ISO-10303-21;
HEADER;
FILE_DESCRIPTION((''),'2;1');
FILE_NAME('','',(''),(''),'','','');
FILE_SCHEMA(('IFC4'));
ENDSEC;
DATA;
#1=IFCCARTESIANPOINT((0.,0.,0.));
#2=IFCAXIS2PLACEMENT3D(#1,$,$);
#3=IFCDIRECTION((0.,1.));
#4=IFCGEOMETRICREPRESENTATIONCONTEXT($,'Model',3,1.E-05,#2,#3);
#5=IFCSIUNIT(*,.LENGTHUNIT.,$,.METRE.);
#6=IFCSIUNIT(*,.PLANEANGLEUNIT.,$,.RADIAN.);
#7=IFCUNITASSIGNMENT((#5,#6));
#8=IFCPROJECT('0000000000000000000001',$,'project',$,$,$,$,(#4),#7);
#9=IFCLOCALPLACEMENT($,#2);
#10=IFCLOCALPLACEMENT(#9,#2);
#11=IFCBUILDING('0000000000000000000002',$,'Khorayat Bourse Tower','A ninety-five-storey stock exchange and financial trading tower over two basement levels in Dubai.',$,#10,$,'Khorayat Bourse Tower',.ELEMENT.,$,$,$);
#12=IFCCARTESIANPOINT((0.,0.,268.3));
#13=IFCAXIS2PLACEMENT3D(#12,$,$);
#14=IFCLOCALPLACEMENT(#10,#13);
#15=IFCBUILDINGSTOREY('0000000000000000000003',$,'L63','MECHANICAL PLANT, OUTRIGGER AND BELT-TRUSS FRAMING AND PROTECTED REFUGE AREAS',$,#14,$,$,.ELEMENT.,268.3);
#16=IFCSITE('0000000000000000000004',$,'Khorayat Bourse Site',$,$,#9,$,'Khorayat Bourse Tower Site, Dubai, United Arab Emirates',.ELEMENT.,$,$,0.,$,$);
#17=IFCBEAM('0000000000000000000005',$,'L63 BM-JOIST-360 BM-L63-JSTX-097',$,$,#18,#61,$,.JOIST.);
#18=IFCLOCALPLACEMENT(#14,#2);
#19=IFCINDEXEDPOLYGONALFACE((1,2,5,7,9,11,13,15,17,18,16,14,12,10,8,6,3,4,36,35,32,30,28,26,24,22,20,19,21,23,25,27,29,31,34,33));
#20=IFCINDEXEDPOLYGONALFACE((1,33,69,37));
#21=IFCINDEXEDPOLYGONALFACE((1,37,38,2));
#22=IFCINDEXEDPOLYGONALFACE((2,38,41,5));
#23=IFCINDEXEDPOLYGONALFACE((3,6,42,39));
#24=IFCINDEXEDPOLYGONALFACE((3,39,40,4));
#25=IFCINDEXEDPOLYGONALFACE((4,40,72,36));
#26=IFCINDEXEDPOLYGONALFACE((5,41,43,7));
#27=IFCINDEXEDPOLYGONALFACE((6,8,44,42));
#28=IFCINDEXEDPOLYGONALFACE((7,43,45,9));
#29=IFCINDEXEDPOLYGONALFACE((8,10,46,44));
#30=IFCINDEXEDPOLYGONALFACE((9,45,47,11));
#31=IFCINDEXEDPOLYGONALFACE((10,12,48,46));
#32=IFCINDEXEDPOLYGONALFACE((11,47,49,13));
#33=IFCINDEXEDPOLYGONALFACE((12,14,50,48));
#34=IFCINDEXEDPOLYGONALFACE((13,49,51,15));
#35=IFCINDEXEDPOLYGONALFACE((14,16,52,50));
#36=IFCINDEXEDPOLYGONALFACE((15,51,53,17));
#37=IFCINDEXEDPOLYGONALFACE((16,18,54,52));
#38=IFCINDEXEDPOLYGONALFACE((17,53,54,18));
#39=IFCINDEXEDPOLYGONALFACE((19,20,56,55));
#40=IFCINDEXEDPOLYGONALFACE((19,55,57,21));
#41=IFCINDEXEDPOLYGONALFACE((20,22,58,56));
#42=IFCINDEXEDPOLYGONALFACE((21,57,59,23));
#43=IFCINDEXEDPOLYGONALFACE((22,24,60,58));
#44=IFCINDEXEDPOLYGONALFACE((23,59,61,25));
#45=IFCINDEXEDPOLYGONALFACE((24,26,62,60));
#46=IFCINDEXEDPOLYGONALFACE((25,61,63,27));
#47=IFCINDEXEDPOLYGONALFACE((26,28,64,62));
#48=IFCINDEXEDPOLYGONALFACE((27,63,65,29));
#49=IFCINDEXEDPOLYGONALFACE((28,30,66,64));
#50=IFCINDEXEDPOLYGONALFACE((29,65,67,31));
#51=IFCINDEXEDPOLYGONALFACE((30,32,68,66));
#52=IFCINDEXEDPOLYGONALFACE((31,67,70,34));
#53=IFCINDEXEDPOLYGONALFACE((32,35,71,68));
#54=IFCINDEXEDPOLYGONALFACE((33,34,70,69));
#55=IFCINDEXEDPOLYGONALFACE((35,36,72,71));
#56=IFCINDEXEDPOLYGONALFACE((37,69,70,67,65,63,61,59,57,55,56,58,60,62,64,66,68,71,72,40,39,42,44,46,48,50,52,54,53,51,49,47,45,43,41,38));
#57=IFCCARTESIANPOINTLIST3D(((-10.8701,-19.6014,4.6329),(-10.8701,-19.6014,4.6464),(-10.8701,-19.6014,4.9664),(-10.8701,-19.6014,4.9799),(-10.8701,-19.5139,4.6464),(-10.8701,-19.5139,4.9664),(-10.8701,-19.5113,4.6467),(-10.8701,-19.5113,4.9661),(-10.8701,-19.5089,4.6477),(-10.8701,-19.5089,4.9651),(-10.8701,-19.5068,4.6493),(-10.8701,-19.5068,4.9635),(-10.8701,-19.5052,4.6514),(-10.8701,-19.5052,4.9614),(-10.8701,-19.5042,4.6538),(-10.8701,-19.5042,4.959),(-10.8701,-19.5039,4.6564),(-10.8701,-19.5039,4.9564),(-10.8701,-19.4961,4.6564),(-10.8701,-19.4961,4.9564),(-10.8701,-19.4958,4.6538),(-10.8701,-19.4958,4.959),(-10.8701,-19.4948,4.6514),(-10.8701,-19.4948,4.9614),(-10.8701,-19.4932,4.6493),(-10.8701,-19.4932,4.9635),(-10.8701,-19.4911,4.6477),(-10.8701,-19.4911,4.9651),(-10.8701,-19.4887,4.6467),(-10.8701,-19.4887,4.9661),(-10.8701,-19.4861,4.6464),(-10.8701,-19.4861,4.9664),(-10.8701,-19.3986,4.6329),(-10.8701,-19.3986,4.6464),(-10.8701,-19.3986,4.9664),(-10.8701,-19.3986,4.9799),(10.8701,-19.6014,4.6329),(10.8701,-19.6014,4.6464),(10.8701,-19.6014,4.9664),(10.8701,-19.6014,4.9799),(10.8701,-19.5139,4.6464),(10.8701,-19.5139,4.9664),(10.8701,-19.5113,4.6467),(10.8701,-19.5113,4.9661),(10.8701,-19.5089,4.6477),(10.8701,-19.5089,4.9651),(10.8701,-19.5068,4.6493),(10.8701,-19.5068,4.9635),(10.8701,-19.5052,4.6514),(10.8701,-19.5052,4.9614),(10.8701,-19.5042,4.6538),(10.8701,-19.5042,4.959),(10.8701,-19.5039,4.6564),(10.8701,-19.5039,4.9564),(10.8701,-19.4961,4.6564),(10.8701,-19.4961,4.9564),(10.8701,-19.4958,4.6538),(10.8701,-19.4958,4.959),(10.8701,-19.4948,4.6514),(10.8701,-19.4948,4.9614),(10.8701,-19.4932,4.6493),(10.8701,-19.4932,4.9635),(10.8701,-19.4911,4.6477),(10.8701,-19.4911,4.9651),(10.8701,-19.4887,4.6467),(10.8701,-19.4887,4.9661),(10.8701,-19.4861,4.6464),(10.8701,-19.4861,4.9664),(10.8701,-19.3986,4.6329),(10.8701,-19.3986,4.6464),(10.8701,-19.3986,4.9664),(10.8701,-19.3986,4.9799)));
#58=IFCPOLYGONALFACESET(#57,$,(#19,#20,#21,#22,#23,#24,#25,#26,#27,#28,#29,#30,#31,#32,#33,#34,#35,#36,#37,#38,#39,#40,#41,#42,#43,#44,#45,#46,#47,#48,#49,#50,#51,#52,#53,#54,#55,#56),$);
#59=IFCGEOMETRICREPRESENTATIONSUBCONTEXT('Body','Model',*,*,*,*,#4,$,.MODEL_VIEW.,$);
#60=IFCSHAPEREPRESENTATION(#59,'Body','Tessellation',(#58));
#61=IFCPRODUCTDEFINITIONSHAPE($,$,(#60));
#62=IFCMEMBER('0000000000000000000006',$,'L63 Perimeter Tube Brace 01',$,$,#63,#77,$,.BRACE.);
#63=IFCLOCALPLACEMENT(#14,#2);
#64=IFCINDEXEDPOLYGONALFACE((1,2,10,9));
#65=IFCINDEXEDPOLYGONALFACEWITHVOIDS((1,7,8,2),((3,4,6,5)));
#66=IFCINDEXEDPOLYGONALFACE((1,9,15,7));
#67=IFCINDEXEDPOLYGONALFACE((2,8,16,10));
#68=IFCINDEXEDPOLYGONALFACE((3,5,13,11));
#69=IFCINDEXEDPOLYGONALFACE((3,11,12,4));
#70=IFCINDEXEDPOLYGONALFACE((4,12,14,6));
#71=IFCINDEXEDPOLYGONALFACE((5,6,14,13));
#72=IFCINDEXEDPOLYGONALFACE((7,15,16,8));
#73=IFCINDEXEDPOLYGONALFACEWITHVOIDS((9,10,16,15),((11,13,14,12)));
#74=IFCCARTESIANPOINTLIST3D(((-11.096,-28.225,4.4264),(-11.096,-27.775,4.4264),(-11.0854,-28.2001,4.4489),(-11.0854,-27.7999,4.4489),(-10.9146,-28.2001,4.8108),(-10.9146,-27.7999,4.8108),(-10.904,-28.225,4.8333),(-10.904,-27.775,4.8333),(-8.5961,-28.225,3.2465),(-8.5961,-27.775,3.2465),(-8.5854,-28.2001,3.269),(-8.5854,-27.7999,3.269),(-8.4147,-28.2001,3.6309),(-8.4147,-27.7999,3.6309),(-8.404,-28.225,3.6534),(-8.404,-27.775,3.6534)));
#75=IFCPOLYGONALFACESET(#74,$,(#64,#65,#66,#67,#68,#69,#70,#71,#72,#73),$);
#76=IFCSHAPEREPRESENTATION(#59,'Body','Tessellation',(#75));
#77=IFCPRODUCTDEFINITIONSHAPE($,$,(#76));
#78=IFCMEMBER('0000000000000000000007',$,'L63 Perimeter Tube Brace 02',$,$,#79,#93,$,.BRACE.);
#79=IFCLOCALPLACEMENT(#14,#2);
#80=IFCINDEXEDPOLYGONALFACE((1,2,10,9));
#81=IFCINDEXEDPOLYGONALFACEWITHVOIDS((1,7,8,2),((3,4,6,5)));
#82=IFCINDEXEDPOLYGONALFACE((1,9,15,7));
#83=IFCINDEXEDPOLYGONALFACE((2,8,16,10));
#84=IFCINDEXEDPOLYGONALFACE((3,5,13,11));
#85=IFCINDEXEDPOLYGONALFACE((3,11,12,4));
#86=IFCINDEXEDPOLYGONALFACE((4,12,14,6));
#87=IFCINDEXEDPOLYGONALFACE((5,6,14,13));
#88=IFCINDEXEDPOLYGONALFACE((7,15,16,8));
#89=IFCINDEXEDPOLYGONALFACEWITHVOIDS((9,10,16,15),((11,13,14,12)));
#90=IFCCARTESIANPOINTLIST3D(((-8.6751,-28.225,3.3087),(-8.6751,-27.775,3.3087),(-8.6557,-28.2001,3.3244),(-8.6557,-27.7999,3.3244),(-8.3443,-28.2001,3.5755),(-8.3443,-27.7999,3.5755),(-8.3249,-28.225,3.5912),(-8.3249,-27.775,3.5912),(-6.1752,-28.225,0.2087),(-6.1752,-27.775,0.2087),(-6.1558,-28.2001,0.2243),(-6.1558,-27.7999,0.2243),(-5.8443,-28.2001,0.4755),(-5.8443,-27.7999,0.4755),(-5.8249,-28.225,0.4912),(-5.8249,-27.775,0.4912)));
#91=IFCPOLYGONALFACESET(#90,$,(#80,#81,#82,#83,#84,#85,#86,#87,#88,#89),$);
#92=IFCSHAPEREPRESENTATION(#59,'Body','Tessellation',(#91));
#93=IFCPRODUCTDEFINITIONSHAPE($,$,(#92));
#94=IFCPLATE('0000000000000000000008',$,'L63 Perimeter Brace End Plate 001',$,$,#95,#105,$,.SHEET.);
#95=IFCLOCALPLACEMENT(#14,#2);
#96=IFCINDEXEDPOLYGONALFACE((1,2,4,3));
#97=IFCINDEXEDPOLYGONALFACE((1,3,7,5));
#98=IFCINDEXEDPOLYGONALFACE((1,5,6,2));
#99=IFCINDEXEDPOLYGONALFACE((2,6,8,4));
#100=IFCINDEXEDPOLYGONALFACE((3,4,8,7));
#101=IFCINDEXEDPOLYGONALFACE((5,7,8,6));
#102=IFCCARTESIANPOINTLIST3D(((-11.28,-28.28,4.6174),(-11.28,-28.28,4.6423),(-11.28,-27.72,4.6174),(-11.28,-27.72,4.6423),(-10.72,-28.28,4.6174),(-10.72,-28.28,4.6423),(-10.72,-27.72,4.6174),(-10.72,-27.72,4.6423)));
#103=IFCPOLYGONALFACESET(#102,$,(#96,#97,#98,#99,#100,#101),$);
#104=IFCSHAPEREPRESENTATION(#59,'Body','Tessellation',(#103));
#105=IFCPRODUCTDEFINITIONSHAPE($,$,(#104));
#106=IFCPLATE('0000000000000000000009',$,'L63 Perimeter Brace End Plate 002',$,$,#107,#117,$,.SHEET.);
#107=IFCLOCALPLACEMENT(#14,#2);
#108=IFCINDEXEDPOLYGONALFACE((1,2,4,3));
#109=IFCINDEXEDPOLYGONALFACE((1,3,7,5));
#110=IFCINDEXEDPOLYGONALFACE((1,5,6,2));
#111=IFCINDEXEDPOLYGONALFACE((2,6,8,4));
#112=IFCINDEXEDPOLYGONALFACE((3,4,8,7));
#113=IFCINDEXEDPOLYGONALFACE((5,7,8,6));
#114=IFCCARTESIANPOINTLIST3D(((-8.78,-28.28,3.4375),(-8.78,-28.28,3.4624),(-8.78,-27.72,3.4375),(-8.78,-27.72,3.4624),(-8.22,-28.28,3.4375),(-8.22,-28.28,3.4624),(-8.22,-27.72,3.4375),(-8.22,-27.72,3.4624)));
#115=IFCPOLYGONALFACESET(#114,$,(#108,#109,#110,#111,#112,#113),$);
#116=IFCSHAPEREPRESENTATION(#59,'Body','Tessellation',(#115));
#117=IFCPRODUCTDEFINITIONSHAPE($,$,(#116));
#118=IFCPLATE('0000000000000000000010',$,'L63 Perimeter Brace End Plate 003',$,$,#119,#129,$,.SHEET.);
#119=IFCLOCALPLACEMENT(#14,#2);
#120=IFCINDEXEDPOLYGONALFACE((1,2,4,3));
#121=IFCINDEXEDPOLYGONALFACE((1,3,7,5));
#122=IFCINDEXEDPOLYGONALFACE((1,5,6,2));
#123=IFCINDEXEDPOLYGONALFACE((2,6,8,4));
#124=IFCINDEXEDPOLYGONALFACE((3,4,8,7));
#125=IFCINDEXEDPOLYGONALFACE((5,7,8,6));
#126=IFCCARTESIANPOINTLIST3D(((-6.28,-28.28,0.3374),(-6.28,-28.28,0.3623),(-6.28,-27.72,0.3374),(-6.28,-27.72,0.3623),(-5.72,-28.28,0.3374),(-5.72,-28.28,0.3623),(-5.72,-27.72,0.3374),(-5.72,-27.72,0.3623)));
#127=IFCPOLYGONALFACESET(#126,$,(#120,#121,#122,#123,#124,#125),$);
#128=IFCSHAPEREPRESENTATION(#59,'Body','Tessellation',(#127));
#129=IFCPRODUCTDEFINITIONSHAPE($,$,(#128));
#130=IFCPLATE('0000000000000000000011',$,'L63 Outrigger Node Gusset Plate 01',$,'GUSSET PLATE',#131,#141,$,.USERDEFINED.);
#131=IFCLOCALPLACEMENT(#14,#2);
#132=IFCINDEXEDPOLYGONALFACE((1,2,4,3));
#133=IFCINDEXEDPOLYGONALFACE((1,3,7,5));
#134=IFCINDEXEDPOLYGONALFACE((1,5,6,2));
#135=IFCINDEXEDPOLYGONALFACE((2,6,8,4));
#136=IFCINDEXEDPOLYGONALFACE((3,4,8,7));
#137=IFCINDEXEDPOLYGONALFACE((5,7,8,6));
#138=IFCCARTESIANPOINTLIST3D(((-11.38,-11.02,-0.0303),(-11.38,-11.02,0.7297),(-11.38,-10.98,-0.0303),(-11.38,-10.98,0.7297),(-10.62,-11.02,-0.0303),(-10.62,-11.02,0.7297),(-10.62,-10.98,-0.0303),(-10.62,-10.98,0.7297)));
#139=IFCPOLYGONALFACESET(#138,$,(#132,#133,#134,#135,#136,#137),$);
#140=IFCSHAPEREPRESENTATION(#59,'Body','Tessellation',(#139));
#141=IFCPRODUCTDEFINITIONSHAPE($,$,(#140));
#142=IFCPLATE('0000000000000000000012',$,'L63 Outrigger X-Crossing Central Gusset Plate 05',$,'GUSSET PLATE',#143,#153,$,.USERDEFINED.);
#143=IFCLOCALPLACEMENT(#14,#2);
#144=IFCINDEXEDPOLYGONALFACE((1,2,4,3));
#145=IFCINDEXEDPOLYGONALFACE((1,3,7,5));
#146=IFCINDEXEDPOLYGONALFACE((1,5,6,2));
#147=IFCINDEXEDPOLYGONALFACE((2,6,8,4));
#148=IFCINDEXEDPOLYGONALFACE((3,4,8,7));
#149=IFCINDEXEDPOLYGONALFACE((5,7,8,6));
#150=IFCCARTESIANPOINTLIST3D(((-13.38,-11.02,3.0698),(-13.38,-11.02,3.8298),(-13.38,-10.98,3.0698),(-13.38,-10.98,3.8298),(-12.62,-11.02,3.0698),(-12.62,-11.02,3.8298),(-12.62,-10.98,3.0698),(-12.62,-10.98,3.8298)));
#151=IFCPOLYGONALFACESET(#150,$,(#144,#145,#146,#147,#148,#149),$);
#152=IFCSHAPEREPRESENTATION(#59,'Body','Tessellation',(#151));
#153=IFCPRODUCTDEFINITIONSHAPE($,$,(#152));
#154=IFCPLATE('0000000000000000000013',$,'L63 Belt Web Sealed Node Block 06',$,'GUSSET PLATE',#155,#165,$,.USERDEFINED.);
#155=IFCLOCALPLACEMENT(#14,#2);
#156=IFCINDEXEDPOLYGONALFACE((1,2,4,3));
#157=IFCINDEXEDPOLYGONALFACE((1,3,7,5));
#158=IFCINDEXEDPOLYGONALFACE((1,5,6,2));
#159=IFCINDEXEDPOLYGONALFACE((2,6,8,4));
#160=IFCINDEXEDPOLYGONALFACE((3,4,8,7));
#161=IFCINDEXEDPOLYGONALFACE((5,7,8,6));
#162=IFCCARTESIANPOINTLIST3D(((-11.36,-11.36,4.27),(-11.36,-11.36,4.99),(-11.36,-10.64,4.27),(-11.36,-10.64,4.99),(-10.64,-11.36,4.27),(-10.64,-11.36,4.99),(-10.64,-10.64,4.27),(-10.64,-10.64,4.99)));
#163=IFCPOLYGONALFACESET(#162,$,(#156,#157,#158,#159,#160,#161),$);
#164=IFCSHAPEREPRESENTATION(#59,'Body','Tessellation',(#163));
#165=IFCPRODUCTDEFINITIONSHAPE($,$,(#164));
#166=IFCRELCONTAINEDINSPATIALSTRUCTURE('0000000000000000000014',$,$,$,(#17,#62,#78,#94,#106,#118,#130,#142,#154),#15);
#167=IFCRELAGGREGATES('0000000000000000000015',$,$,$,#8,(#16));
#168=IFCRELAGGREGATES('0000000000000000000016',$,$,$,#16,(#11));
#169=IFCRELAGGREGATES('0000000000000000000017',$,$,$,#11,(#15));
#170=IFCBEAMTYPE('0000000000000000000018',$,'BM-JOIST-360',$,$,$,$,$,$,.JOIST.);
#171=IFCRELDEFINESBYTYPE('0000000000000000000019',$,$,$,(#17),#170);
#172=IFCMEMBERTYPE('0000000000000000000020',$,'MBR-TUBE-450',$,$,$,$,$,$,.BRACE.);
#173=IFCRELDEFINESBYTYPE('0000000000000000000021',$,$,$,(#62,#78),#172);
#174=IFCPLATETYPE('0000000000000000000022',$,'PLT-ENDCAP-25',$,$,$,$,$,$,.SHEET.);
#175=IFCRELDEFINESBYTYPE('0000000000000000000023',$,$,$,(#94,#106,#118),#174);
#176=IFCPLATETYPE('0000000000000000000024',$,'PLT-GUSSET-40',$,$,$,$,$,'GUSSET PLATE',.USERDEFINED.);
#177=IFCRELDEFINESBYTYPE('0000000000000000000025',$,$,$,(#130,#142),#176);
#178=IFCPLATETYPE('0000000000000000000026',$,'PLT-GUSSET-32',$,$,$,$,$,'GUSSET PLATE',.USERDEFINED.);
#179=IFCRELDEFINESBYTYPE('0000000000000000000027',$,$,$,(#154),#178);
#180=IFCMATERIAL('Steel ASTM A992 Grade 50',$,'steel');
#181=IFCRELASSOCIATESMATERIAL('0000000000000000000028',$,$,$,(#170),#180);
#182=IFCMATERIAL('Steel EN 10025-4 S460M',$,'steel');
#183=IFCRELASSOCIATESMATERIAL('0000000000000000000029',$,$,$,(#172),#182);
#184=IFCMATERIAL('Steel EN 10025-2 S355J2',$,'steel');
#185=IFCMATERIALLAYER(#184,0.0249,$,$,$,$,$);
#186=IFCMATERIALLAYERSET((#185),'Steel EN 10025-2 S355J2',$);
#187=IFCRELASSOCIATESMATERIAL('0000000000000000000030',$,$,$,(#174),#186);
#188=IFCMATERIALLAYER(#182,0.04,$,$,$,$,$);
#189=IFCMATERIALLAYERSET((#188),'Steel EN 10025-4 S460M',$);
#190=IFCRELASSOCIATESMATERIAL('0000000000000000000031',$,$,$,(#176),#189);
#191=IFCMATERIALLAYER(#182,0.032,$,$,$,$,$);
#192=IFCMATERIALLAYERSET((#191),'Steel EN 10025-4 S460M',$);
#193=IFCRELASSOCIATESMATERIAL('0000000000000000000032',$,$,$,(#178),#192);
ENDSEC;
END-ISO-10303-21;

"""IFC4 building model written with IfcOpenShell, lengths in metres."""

from ifc_helpers import new_model, si_unit, direction, frame, origin, origin_2d, place, context, subcontext, project, spatial, rectangle, hollow_rectangle, i_section, extrude, source, transform, mapped, material, layer, layer_set, material_profile, profile_set, type_object, element, save


model = new_model("IFC4")

# Units and contexts
model_context = context("Model", 3, precision=1e-05, world=origin(), true_north=direction((0.0, 1.0)))
body_context = subcontext(model_context, "Body", "Model", "MODEL_VIEW")
ifc_project = project(units=[si_unit("LENGTHUNIT", "METRE"), si_unit("PLANEANGLEUNIT", "RADIAN")], contexts=[model_context])

# Site, building, storey
site_placement = place(None, origin())
site = spatial("IfcSite", under=ifc_project, at=site_placement, Name="Khorayat Bourse Site", LongName="Khorayat Bourse Tower Site, Dubai, United Arab Emirates", CompositionType="ELEMENT", RefElevation=0.0)
building_placement = place(site_placement, origin())
building = spatial("IfcBuilding", under=site, at=building_placement, Name="Khorayat Bourse Tower", Description="A ninety-five-storey stock exchange and financial trading tower over two basement levels in Dubai.", LongName="Khorayat Bourse Tower", CompositionType="ELEMENT")
storey_placement = place(building_placement, frame((0.0, 0.0, 268.3)))
storey = spatial("IfcBuildingStorey", under=building, at=storey_placement, Name="L63", Description="MECHANICAL PLANT, OUTRIGGER AND BELT-TRUSS FRAMING AND PROTECTED REFUGE AREAS", CompositionType="ELEMENT", Elevation=268.3)

# Shared definitions
ifc_material_1 = material(Name="Steel EN 10025-4 S460M", Category="steel")

# Beam
ifc_material_2 = material(Name="Steel ASTM A992 Grade 50", Category="steel")
ifc_material_profile_1 = material_profile(ifc_material_2, i_section(OverallWidth=0.2029, OverallDepth=0.3469, WebThickness=0.0078, FlangeThickness=0.0134, FilletRadius=0.01, at=origin_2d()), Name="W360X64")
ifc_profile_set_1 = profile_set([ifc_material_profile_1], Name="Steel ASTM A992 Grade 50")
beam_type_1 = type_object("IfcBeamType", Name="BM-JOIST-360", PredefinedType="JOIST", material=ifc_profile_set_1)
shared_shape_1 = source(origin(), body_context, "Body", "SweptSolid", [
    extrude(i_section(OverallWidth=0.2029, OverallDepth=0.3469, WebThickness=0.0078, FlangeThickness=0.0134, FilletRadius=0.01, at=origin_2d()), origin(), (0.0, 0.0, 1.0), 21.7402),
])
beam_1_placement = place(storey_placement, frame((-10.8701, -19.5, 4.8064), z_axis=(1.0, 0.0, 0.0), x_axis=(0.0, 1.0, 0.0)))
element("IfcBeam", 1, at=beam_1_placement, inside=storey, type_object=beam_type_1, Name="L63 BM-JOIST-360 BM-L63-JSTX-097", PredefinedType="JOIST", context=body_context, shape_type="MappedRepresentation", body=[
    mapped(shared_shape_1, transform((0.0, 0.0, 0.0), scale=1.0)),
])

# Members
ifc_material_profile_2 = material_profile(ifc_material_1, hollow_rectangle(XDim=0.45, YDim=0.45, WallThickness=0.0249, at=origin_2d()), Name="HSS 450x450x25")
ifc_profile_set_2 = profile_set([ifc_material_profile_2], Name="Steel EN 10025-4 S460M")
member_type_1 = type_object("IfcMemberType", Name="MBR-TUBE-450", PredefinedType="BRACE", material=ifc_profile_set_2)
shared_shape_2 = source(origin(), body_context, "Body", "SweptSolid", [
    extrude(hollow_rectangle(XDim=0.45, YDim=0.45, WallThickness=0.0249, at=origin_2d()), origin(), (0.0, 0.0, 1.0), 2.7644),
])
member_1_placement = place(storey_placement, frame((-11.0, -28.0, 4.6299), z_axis=(0.904336, 0.0, -0.426822), x_axis=(0.0, 1.0, 0.0)))
element("IfcMember", 2, at=member_1_placement, inside=storey, type_object=member_type_1, Name="L63 Perimeter Tube Brace 01", PredefinedType="BRACE", context=body_context, shape_type="MappedRepresentation", body=[
    mapped(shared_shape_2, transform((0.0, 0.0, 0.0), scale=1.0)),
])
shared_shape_3 = source(origin(), body_context, "Body", "SweptSolid", [
    extrude(hollow_rectangle(XDim=0.45, YDim=0.45, WallThickness=0.0249, at=origin_2d()), origin(), (0.0, 0.0, 1.0), 3.9824),
])
member_2_placement = place(storey_placement, frame((-8.5, -28.0, 3.45), z_axis=(0.62774, 0.0, -0.778423), x_axis=(0.0, 1.0, 0.0)))
element("IfcMember", 3, at=member_2_placement, inside=storey, type_object=member_type_1, Name="L63 Perimeter Tube Brace 02", PredefinedType="BRACE", context=body_context, shape_type="MappedRepresentation", body=[
    mapped(shared_shape_3, transform((0.0, 0.0, 0.0), scale=1.0)),
])

# Plates
ifc_material_3 = material(Name="Steel EN 10025-2 S355J2", Category="steel")
ifc_layer_1 = layer(ifc_material_3, 0.0249)
ifc_layer_set_1 = layer_set([ifc_layer_1], Name="Steel EN 10025-2 S355J2")
plate_type_1 = type_object("IfcPlateType", Name="PLT-ENDCAP-25", PredefinedType="SHEET", material=ifc_layer_set_1)
shared_shape_4 = source(origin(), body_context, "Body", "SweptSolid", [
    extrude(rectangle(XDim=0.5601, YDim=0.5601, at=origin_2d()), origin(), (0.0, 0.0, 1.0), 0.0249),
])
for number, where, z_axis, x_axis, name in (
    (4, (-11.0, -28.0, 4.6174), (0.0, 0.0, 1.0), (1.0, 0.0, 0.0), "L63 Perimeter Brace End Plate 001"),
    (5, (-8.5, -28.0, 3.4375), (0.0, 0.0, 1.0), (1.0, 0.0, 0.0), "L63 Perimeter Brace End Plate 002"),
    (6, (-6.0, -28.0, 0.3374), (0.0, 0.0, 1.0), (1.0, 0.0, 0.0), "L63 Perimeter Brace End Plate 003"),
):
    element("IfcPlate", number, at=place(storey_placement, frame(where, z_axis=z_axis, x_axis=x_axis)), inside=storey, type_object=plate_type_1, Name=name, PredefinedType="SHEET", context=body_context, shape_type="MappedRepresentation", body=[
        mapped(shared_shape_4, transform((0.0, 0.0, 0.0), scale=1.0)),
    ])
ifc_layer_2 = layer(ifc_material_1, 0.04)
ifc_layer_set_2 = layer_set([ifc_layer_2], Name="Steel EN 10025-4 S460M")
plate_type_2 = type_object("IfcPlateType", Name="PLT-GUSSET-40", ElementType="GUSSET PLATE", PredefinedType="USERDEFINED", material=ifc_layer_set_2)
shared_shape_5 = source(origin(), body_context, "Body", "SweptSolid", [
    extrude(rectangle(XDim=0.76, YDim=0.04, at=origin_2d()), origin(), (0.0, 0.0, 1.0), 0.76),
])
for number, where, z_axis, x_axis, name in (
    (7, (-11.0, -11.0, -0.0303), (0.0, 0.0, 1.0), (1.0, 0.0, 0.0), "L63 Outrigger Node Gusset Plate 01"),
    (8, (-13.0, -11.0, 3.0698), (0.0, 0.0, 1.0), (1.0, 0.0, 0.0), "L63 Outrigger X-Crossing Central Gusset Plate 05"),
):
    element("IfcPlate", number, at=place(storey_placement, frame(where, z_axis=z_axis, x_axis=x_axis)), inside=storey, type_object=plate_type_2, Name=name, ObjectType="GUSSET PLATE", PredefinedType="USERDEFINED", context=body_context, shape_type="MappedRepresentation", body=[
        mapped(shared_shape_5, transform((0.0, 0.0, 0.0), scale=1.0)),
    ])
ifc_layer_3 = layer(ifc_material_1, 0.032)
ifc_layer_set_3 = layer_set([ifc_layer_3], Name="Steel EN 10025-4 S460M")
plate_type_3 = type_object("IfcPlateType", Name="PLT-GUSSET-32", ElementType="GUSSET PLATE", PredefinedType="USERDEFINED", material=ifc_layer_set_3)
shared_shape_6 = source(origin(), body_context, "Body", "SweptSolid", [
    extrude(rectangle(XDim=0.72, YDim=0.72, at=origin_2d()), origin(), (0.0, 0.0, 1.0), 0.72),
])
plate_placement = place(storey_placement, frame((-11.0, -11.0, 4.27), z_axis=(0.0, 0.0, 1.0), x_axis=(1.0, 0.0, 0.0)))
element("IfcPlate", 9, at=plate_placement, inside=storey, type_object=plate_type_3, Name="L63 Belt Web Sealed Node Block 06", ObjectType="GUSSET PLATE", PredefinedType="USERDEFINED", context=body_context, shape_type="MappedRepresentation", body=[
    mapped(shared_shape_6, transform((0.0, 0.0, 0.0), scale=1.0)),
])

save(model, "model.ifc")
